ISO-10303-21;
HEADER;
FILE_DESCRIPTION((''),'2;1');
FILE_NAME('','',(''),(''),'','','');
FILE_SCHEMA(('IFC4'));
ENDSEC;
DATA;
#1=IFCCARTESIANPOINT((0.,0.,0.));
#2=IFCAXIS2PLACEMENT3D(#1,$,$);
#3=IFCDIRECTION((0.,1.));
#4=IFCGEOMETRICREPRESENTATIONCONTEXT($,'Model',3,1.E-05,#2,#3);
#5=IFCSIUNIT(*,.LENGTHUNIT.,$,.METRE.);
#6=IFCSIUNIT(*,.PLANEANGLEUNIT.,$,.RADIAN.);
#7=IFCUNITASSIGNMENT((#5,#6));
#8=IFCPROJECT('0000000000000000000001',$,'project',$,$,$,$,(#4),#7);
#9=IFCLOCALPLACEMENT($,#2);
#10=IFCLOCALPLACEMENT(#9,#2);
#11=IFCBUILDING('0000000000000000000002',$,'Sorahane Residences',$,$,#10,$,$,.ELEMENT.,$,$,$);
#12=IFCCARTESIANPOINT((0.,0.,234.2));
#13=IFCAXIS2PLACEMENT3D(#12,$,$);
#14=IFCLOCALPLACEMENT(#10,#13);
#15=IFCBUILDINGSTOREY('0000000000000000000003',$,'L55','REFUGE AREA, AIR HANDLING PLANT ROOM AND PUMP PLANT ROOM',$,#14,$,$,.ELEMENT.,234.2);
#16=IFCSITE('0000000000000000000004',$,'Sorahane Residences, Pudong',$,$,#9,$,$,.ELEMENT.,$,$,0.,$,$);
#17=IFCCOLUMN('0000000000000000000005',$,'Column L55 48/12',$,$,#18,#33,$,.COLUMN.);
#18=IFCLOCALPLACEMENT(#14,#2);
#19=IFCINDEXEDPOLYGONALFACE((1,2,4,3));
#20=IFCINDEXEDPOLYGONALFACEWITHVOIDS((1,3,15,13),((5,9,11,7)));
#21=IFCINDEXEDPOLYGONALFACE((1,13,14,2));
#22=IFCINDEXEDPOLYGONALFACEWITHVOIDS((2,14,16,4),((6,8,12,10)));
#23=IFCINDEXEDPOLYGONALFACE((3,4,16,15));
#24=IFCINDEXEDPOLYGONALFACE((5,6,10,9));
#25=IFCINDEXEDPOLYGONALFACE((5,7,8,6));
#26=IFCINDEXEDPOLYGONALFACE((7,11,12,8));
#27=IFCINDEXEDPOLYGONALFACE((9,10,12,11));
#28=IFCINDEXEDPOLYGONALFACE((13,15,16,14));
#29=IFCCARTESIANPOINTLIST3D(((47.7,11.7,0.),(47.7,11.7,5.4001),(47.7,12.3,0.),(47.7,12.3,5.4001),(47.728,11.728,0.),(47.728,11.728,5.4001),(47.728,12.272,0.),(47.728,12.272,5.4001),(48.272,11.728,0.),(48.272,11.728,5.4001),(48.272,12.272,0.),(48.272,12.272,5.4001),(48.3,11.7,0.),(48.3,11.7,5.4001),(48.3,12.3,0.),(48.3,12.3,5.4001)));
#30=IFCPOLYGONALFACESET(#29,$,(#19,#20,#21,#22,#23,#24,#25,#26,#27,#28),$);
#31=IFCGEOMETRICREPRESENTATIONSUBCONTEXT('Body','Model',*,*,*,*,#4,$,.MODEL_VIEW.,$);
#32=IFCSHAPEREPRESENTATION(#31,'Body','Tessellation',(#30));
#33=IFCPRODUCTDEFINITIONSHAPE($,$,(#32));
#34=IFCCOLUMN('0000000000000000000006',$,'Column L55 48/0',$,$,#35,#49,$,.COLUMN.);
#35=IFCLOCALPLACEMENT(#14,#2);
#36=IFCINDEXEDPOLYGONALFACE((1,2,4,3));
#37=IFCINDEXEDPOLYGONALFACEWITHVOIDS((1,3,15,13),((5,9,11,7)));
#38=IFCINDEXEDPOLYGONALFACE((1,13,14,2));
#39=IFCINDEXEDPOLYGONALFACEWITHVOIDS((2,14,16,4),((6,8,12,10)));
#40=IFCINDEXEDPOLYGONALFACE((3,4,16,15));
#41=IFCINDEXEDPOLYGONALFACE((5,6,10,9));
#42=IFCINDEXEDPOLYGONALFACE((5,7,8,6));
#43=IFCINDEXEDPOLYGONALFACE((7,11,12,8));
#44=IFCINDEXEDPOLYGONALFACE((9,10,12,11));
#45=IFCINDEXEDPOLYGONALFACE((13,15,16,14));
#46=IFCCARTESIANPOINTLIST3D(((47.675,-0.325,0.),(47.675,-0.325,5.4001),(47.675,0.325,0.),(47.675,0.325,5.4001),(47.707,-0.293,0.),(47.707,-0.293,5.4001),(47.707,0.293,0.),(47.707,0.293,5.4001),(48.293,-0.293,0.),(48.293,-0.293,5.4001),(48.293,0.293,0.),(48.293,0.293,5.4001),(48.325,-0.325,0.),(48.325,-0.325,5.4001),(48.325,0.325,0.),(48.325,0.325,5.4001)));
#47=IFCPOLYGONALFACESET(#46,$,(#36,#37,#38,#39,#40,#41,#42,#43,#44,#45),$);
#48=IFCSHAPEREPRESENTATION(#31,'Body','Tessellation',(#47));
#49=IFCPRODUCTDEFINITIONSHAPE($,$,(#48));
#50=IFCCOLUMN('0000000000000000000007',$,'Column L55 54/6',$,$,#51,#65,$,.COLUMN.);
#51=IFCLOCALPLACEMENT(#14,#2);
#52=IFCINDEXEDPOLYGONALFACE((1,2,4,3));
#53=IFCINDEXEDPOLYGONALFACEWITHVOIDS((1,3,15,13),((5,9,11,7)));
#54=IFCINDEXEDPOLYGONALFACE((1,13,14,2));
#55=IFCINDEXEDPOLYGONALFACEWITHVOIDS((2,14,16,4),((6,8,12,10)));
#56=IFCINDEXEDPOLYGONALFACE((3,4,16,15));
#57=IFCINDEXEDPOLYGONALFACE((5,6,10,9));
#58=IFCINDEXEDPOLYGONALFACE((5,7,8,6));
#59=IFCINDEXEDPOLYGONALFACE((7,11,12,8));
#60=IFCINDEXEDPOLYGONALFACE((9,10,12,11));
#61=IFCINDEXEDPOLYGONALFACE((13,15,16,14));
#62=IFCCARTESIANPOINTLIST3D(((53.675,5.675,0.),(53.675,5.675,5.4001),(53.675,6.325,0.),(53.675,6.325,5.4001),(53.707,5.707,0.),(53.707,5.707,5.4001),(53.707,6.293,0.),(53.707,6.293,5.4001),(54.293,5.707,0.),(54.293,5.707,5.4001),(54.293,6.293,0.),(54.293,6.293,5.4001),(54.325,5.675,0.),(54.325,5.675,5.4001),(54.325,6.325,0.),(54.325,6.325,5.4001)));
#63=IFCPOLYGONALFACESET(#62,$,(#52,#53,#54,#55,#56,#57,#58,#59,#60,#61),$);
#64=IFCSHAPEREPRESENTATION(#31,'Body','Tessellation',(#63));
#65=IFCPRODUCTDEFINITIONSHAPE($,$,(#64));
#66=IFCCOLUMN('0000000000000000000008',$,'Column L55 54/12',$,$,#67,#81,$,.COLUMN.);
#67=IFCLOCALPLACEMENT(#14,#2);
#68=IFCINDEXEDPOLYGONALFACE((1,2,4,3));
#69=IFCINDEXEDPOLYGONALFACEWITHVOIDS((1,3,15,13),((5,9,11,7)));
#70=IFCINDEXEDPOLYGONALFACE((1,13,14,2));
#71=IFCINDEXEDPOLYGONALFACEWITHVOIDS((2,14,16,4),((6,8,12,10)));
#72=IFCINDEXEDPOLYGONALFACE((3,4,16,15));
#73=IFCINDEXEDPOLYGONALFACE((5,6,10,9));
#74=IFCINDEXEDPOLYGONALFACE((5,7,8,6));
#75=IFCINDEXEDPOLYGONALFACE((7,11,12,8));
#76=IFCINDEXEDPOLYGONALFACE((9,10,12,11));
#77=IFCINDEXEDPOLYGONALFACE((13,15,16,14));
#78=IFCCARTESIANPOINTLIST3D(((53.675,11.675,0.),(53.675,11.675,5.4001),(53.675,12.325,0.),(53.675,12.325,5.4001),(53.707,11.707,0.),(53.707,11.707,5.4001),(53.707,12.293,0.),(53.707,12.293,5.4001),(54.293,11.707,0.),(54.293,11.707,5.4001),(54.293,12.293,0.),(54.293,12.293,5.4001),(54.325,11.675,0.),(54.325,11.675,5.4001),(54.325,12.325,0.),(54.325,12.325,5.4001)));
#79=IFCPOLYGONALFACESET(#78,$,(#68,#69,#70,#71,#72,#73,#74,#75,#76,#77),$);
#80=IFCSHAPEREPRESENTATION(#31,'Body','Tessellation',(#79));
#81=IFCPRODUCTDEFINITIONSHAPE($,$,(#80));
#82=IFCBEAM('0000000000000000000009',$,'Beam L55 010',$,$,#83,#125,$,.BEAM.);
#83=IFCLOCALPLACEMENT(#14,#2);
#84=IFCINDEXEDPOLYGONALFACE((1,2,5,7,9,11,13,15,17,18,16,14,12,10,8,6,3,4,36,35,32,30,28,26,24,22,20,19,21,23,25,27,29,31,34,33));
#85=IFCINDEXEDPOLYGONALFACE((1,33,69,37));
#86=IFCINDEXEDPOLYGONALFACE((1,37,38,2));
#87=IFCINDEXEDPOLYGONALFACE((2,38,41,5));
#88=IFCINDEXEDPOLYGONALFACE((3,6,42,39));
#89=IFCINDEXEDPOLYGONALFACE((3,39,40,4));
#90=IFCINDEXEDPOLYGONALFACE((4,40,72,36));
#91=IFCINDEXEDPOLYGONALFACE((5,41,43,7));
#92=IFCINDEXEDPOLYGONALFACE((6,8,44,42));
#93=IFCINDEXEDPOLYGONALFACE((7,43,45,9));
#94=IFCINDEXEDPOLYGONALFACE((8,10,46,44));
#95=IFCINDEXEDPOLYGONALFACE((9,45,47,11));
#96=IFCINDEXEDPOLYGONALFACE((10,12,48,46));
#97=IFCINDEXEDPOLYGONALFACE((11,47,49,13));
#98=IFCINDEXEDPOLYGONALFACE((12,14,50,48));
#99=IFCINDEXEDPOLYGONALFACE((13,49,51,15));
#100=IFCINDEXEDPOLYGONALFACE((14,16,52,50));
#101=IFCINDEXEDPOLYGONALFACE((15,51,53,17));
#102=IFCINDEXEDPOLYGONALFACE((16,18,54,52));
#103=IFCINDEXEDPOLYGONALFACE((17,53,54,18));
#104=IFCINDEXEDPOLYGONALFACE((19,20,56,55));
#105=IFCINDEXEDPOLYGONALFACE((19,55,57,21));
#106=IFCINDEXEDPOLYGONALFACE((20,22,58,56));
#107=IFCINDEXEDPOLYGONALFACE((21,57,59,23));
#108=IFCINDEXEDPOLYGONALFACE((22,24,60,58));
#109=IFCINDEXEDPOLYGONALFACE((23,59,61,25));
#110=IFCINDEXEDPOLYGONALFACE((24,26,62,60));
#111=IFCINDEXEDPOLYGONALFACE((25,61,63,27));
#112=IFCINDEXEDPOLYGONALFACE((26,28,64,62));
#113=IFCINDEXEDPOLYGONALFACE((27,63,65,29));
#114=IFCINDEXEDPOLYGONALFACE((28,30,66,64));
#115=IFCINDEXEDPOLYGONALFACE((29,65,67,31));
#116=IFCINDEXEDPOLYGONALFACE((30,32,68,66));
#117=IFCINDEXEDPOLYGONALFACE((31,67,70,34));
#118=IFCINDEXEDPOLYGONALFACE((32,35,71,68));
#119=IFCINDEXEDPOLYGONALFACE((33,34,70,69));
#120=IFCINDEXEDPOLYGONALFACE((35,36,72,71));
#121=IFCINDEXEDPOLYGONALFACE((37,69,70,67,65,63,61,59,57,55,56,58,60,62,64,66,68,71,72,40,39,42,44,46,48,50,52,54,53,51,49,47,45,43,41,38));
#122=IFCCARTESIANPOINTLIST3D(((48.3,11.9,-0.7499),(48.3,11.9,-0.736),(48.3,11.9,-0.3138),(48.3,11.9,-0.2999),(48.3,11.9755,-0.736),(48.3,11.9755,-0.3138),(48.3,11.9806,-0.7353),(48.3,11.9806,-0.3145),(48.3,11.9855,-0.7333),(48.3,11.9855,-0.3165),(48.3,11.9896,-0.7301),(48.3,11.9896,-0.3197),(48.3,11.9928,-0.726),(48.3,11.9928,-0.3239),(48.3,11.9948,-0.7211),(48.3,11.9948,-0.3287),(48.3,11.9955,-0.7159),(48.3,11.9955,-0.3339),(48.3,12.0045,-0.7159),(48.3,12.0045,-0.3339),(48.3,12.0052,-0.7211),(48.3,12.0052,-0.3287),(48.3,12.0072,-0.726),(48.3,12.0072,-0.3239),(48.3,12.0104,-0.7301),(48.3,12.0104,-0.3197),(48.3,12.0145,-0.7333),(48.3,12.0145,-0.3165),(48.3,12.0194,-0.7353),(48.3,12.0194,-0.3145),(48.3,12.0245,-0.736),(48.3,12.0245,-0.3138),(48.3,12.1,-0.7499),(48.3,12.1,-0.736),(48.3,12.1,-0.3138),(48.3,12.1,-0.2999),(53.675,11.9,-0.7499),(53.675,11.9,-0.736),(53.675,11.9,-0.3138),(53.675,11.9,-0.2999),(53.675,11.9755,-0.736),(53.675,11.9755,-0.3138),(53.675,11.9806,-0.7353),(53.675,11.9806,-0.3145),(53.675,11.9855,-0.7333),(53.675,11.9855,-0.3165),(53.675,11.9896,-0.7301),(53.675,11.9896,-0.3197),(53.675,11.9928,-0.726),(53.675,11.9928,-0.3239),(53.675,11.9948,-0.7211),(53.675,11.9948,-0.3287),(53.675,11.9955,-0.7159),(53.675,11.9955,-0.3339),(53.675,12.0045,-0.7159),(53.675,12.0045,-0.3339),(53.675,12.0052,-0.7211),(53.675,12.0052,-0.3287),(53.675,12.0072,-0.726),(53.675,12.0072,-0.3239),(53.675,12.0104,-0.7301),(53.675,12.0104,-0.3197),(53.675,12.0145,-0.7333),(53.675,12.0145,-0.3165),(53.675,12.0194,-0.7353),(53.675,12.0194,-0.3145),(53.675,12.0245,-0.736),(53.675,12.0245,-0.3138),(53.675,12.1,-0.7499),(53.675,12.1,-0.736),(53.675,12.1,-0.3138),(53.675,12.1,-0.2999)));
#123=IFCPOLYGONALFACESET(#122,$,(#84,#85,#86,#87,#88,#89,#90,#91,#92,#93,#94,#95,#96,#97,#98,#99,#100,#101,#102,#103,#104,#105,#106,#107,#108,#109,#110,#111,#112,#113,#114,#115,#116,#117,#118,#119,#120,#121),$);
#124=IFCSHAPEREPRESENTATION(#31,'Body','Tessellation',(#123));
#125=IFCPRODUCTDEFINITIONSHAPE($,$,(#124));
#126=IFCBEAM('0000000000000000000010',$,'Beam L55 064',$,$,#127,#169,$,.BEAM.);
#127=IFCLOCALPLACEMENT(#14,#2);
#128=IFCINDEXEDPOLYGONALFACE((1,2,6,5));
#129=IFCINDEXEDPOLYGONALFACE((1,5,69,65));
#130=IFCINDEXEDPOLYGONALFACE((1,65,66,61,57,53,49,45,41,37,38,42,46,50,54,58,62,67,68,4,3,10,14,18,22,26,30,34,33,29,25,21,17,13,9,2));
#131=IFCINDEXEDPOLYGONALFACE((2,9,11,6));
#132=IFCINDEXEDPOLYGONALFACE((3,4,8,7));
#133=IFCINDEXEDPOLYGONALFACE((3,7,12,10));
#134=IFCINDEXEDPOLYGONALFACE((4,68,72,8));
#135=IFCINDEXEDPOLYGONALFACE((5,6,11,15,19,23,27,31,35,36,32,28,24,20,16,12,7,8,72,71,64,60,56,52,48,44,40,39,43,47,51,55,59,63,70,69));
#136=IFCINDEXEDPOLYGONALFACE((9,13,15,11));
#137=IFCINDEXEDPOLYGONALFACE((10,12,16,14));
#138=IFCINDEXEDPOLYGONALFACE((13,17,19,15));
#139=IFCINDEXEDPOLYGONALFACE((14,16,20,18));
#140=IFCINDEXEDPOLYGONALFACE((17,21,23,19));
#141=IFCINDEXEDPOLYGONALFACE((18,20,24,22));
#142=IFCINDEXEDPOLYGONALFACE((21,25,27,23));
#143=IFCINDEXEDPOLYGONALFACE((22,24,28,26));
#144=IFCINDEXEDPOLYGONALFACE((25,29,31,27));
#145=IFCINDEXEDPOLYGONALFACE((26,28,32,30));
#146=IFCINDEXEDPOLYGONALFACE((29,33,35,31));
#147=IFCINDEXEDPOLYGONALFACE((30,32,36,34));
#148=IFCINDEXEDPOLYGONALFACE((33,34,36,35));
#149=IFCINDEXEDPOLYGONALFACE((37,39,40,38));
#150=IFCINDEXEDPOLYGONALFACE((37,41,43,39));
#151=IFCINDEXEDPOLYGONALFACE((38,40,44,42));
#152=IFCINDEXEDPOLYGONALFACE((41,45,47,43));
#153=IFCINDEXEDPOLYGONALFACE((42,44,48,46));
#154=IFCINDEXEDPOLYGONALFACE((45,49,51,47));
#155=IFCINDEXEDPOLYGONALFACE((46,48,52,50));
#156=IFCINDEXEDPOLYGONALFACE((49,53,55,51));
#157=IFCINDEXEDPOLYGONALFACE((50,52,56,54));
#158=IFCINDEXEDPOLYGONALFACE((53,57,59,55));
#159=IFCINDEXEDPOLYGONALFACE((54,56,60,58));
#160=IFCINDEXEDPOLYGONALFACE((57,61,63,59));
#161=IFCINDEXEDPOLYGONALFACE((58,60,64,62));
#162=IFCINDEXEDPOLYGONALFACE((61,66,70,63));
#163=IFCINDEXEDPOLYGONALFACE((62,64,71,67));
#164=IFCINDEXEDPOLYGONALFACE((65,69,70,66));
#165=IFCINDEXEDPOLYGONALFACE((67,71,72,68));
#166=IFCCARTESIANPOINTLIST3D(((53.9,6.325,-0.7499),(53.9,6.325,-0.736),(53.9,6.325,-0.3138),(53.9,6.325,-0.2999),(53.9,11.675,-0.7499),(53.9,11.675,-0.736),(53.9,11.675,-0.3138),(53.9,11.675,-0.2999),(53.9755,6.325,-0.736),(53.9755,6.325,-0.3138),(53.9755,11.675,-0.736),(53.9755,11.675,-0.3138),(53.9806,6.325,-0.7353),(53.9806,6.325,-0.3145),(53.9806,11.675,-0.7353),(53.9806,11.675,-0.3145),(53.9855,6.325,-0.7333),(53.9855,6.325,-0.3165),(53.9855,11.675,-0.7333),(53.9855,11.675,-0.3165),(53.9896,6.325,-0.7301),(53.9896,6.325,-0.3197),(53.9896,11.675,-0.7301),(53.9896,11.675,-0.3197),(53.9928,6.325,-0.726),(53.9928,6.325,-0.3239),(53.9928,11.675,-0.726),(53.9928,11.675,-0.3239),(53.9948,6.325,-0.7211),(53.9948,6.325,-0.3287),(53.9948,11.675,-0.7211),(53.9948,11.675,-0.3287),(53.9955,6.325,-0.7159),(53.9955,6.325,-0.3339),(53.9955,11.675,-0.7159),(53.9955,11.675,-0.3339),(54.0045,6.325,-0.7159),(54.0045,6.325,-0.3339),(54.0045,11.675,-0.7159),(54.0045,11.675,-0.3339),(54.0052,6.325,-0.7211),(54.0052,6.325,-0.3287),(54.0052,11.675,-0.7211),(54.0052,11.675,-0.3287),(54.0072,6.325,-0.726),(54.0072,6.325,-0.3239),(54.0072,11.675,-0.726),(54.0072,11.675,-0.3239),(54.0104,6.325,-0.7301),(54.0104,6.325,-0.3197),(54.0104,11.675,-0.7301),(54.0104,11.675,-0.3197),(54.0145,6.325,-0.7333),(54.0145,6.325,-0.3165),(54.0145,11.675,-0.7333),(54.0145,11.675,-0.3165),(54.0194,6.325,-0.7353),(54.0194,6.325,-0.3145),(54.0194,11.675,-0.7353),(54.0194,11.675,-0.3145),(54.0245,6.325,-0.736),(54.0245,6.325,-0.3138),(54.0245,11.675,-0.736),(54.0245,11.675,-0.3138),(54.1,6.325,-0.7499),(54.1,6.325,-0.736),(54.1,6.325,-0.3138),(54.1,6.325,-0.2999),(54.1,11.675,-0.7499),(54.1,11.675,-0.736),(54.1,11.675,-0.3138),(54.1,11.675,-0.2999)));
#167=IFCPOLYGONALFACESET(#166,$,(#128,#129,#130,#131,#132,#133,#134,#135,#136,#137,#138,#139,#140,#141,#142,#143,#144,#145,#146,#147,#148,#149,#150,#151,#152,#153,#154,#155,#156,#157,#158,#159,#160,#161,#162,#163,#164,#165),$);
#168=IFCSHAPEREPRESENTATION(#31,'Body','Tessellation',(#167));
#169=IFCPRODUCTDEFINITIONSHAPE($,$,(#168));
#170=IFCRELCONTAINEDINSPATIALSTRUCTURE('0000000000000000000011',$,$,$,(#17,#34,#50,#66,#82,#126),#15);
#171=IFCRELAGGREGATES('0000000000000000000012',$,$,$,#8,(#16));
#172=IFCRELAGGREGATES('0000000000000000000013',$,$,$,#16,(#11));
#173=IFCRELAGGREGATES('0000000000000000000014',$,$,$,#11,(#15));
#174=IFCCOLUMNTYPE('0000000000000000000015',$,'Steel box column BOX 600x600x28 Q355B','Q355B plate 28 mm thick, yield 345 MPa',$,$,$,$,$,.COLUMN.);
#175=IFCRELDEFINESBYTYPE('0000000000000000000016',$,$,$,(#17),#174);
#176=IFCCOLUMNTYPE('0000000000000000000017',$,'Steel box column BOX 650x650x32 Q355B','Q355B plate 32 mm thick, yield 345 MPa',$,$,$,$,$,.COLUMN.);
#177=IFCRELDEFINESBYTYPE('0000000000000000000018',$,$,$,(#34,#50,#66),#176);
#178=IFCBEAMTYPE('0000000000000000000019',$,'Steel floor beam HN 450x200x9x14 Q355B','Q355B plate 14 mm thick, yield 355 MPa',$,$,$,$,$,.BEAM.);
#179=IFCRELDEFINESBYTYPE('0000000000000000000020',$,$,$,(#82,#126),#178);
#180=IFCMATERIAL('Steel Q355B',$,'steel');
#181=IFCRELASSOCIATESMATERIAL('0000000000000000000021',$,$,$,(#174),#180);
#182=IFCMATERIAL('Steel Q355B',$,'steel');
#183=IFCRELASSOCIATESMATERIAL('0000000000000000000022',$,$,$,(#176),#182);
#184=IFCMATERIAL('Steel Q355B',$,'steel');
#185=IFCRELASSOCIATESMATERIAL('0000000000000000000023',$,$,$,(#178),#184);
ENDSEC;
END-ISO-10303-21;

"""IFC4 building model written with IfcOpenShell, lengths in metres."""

from ifc_helpers import new_model, si_unit, direction, frame, origin, origin_2d, place, context, subcontext, project, spatial, hollow_rectangle, i_section, extrude, material, material_profile, profile_set, type_object, element, save


model = new_model("IFC4")

# Units and contexts
model_context = context("Model", 3, precision=1e-05, world=origin(), true_north=direction((0.0, 1.0)))
body_context = subcontext(model_context, "Body", "Model", "MODEL_VIEW")
ifc_project = project(units=[si_unit("LENGTHUNIT", "METRE"), si_unit("PLANEANGLEUNIT", "RADIAN")], contexts=[model_context])

# Site, building, storey
site_placement = place(None, origin())
site = spatial("IfcSite", under=ifc_project, at=site_placement, Name="Sorahane Residences, Pudong", CompositionType="ELEMENT", RefElevation=0.0)
building_placement = place(site_placement, origin())
building = spatial("IfcBuilding", under=site, at=building_placement, Name="Sorahane Residences", CompositionType="ELEMENT")
storey_placement = place(building_placement, frame((0.0, 0.0, 234.2)))
storey = spatial("IfcBuildingStorey", under=building, at=storey_placement, Name="L55", Description="REFUGE AREA, AIR HANDLING PLANT ROOM AND PUMP PLANT ROOM", CompositionType="ELEMENT", Elevation=234.2)

# Columns
ifc_material_1 = material(Name="Steel Q355B", Category="steel")
ifc_material_profile_1 = material_profile(ifc_material_1, hollow_rectangle(XDim=0.6001, YDim=0.6001, WallThickness=0.0281, at=origin_2d()), Name="BOX 600x600x28")
ifc_profile_set_1 = profile_set([ifc_material_profile_1], Name="Steel Q355B")
column_type_1 = type_object("IfcColumnType", Name="Steel box column BOX 600x600x28 Q355B", Description="Q355B plate 28 mm thick, yield 345 MPa", PredefinedType="COLUMN", material=ifc_profile_set_1)
column_placement = place(storey_placement, frame((48.0, 12.0, 0.0), z_axis=(0.0, 0.0, 1.0), x_axis=(1.0, 0.0, 0.0)))
element("IfcColumn", 1, at=column_placement, inside=storey, type_object=column_type_1, Name="Column L55 48/12", PredefinedType="COLUMN", context=body_context, shape_type="SweptSolid", body=[
    extrude(hollow_rectangle(XDim=0.6001, YDim=0.6001, WallThickness=0.0281, at=origin_2d()), origin(), (0.0, 0.0, 1.0), 5.4001),
])
ifc_material_2 = material(Name="Steel Q355B", Category="steel")
ifc_material_profile_2 = material_profile(ifc_material_2, hollow_rectangle(XDim=0.6499, YDim=0.6499, WallThickness=0.032, at=origin_2d()), Name="BOX 650x650x32")
ifc_profile_set_2 = profile_set([ifc_material_profile_2], Name="Steel Q355B")
column_type_2 = type_object("IfcColumnType", Name="Steel box column BOX 650x650x32 Q355B", Description="Q355B plate 32 mm thick, yield 345 MPa", PredefinedType="COLUMN", material=ifc_profile_set_2)
for number, where, z_axis, x_axis, name in (
    (2, (48.0, 0.0, 0.0), (0.0, 0.0, 1.0), (1.0, 0.0, 0.0), "Column L55 48/0"),
    (3, (54.0, 6.0, 0.0), (0.0, 0.0, 1.0), (1.0, 0.0, 0.0), "Column L55 54/6"),
    (4, (54.0, 12.0, 0.0), (0.0, 0.0, 1.0), (1.0, 0.0, 0.0), "Column L55 54/12"),
):
    element("IfcColumn", number, at=place(storey_placement, frame(where, z_axis=z_axis, x_axis=x_axis)), inside=storey, type_object=column_type_2, Name=name, PredefinedType="COLUMN", context=body_context, shape_type="SweptSolid", body=[
        extrude(hollow_rectangle(XDim=0.6499, YDim=0.6499, WallThickness=0.032, at=origin_2d()), origin(), (0.0, 0.0, 1.0), 5.4001),
    ])

# Beams
ifc_material_3 = material(Name="Steel Q355B", Category="steel")
ifc_material_profile_3 = material_profile(ifc_material_3, i_section(OverallWidth=0.2, OverallDepth=0.45, WebThickness=0.009, FlangeThickness=0.0139, FilletRadius=0.02, at=origin_2d()), Name="HN 450x200x9x14")
ifc_profile_set_3 = profile_set([ifc_material_profile_3], Name="Steel Q355B")
beam_type_1 = type_object("IfcBeamType", Name="Steel floor beam HN 450x200x9x14 Q355B", Description="Q355B plate 14 mm thick, yield 355 MPa", PredefinedType="BEAM", material=ifc_profile_set_3)
beam_1_placement = place(storey_placement, frame((48.3, 12.0, -0.5249), z_axis=(1.0, 0.0, 0.0), x_axis=(0.0, 1.0, 0.0)))
element("IfcBeam", 5, at=beam_1_placement, inside=storey, type_object=beam_type_1, Name="Beam L55 010", PredefinedType="BEAM", context=body_context, shape_type="SweptSolid", body=[
    extrude(i_section(OverallWidth=0.2, OverallDepth=0.45, WebThickness=0.009, FlangeThickness=0.0139, FilletRadius=0.02, at=origin_2d()), origin(), (0.0, 0.0, 1.0), 5.375),
])
beam_2_placement = place(storey_placement, frame((54.0, 6.325, -0.5249), z_axis=(0.0, 1.0, 0.0), x_axis=(-1.0, 0.0, 0.0)))
element("IfcBeam", 6, at=beam_2_placement, inside=storey, type_object=beam_type_1, Name="Beam L55 064", PredefinedType="BEAM", context=body_context, shape_type="SweptSolid", body=[
    extrude(i_section(OverallWidth=0.2, OverallDepth=0.45, WebThickness=0.009, FlangeThickness=0.0139, FilletRadius=0.02, at=origin_2d()), origin(), (0.0, 0.0, 1.0), 5.3501),
])

save(model, "model.ifc")
